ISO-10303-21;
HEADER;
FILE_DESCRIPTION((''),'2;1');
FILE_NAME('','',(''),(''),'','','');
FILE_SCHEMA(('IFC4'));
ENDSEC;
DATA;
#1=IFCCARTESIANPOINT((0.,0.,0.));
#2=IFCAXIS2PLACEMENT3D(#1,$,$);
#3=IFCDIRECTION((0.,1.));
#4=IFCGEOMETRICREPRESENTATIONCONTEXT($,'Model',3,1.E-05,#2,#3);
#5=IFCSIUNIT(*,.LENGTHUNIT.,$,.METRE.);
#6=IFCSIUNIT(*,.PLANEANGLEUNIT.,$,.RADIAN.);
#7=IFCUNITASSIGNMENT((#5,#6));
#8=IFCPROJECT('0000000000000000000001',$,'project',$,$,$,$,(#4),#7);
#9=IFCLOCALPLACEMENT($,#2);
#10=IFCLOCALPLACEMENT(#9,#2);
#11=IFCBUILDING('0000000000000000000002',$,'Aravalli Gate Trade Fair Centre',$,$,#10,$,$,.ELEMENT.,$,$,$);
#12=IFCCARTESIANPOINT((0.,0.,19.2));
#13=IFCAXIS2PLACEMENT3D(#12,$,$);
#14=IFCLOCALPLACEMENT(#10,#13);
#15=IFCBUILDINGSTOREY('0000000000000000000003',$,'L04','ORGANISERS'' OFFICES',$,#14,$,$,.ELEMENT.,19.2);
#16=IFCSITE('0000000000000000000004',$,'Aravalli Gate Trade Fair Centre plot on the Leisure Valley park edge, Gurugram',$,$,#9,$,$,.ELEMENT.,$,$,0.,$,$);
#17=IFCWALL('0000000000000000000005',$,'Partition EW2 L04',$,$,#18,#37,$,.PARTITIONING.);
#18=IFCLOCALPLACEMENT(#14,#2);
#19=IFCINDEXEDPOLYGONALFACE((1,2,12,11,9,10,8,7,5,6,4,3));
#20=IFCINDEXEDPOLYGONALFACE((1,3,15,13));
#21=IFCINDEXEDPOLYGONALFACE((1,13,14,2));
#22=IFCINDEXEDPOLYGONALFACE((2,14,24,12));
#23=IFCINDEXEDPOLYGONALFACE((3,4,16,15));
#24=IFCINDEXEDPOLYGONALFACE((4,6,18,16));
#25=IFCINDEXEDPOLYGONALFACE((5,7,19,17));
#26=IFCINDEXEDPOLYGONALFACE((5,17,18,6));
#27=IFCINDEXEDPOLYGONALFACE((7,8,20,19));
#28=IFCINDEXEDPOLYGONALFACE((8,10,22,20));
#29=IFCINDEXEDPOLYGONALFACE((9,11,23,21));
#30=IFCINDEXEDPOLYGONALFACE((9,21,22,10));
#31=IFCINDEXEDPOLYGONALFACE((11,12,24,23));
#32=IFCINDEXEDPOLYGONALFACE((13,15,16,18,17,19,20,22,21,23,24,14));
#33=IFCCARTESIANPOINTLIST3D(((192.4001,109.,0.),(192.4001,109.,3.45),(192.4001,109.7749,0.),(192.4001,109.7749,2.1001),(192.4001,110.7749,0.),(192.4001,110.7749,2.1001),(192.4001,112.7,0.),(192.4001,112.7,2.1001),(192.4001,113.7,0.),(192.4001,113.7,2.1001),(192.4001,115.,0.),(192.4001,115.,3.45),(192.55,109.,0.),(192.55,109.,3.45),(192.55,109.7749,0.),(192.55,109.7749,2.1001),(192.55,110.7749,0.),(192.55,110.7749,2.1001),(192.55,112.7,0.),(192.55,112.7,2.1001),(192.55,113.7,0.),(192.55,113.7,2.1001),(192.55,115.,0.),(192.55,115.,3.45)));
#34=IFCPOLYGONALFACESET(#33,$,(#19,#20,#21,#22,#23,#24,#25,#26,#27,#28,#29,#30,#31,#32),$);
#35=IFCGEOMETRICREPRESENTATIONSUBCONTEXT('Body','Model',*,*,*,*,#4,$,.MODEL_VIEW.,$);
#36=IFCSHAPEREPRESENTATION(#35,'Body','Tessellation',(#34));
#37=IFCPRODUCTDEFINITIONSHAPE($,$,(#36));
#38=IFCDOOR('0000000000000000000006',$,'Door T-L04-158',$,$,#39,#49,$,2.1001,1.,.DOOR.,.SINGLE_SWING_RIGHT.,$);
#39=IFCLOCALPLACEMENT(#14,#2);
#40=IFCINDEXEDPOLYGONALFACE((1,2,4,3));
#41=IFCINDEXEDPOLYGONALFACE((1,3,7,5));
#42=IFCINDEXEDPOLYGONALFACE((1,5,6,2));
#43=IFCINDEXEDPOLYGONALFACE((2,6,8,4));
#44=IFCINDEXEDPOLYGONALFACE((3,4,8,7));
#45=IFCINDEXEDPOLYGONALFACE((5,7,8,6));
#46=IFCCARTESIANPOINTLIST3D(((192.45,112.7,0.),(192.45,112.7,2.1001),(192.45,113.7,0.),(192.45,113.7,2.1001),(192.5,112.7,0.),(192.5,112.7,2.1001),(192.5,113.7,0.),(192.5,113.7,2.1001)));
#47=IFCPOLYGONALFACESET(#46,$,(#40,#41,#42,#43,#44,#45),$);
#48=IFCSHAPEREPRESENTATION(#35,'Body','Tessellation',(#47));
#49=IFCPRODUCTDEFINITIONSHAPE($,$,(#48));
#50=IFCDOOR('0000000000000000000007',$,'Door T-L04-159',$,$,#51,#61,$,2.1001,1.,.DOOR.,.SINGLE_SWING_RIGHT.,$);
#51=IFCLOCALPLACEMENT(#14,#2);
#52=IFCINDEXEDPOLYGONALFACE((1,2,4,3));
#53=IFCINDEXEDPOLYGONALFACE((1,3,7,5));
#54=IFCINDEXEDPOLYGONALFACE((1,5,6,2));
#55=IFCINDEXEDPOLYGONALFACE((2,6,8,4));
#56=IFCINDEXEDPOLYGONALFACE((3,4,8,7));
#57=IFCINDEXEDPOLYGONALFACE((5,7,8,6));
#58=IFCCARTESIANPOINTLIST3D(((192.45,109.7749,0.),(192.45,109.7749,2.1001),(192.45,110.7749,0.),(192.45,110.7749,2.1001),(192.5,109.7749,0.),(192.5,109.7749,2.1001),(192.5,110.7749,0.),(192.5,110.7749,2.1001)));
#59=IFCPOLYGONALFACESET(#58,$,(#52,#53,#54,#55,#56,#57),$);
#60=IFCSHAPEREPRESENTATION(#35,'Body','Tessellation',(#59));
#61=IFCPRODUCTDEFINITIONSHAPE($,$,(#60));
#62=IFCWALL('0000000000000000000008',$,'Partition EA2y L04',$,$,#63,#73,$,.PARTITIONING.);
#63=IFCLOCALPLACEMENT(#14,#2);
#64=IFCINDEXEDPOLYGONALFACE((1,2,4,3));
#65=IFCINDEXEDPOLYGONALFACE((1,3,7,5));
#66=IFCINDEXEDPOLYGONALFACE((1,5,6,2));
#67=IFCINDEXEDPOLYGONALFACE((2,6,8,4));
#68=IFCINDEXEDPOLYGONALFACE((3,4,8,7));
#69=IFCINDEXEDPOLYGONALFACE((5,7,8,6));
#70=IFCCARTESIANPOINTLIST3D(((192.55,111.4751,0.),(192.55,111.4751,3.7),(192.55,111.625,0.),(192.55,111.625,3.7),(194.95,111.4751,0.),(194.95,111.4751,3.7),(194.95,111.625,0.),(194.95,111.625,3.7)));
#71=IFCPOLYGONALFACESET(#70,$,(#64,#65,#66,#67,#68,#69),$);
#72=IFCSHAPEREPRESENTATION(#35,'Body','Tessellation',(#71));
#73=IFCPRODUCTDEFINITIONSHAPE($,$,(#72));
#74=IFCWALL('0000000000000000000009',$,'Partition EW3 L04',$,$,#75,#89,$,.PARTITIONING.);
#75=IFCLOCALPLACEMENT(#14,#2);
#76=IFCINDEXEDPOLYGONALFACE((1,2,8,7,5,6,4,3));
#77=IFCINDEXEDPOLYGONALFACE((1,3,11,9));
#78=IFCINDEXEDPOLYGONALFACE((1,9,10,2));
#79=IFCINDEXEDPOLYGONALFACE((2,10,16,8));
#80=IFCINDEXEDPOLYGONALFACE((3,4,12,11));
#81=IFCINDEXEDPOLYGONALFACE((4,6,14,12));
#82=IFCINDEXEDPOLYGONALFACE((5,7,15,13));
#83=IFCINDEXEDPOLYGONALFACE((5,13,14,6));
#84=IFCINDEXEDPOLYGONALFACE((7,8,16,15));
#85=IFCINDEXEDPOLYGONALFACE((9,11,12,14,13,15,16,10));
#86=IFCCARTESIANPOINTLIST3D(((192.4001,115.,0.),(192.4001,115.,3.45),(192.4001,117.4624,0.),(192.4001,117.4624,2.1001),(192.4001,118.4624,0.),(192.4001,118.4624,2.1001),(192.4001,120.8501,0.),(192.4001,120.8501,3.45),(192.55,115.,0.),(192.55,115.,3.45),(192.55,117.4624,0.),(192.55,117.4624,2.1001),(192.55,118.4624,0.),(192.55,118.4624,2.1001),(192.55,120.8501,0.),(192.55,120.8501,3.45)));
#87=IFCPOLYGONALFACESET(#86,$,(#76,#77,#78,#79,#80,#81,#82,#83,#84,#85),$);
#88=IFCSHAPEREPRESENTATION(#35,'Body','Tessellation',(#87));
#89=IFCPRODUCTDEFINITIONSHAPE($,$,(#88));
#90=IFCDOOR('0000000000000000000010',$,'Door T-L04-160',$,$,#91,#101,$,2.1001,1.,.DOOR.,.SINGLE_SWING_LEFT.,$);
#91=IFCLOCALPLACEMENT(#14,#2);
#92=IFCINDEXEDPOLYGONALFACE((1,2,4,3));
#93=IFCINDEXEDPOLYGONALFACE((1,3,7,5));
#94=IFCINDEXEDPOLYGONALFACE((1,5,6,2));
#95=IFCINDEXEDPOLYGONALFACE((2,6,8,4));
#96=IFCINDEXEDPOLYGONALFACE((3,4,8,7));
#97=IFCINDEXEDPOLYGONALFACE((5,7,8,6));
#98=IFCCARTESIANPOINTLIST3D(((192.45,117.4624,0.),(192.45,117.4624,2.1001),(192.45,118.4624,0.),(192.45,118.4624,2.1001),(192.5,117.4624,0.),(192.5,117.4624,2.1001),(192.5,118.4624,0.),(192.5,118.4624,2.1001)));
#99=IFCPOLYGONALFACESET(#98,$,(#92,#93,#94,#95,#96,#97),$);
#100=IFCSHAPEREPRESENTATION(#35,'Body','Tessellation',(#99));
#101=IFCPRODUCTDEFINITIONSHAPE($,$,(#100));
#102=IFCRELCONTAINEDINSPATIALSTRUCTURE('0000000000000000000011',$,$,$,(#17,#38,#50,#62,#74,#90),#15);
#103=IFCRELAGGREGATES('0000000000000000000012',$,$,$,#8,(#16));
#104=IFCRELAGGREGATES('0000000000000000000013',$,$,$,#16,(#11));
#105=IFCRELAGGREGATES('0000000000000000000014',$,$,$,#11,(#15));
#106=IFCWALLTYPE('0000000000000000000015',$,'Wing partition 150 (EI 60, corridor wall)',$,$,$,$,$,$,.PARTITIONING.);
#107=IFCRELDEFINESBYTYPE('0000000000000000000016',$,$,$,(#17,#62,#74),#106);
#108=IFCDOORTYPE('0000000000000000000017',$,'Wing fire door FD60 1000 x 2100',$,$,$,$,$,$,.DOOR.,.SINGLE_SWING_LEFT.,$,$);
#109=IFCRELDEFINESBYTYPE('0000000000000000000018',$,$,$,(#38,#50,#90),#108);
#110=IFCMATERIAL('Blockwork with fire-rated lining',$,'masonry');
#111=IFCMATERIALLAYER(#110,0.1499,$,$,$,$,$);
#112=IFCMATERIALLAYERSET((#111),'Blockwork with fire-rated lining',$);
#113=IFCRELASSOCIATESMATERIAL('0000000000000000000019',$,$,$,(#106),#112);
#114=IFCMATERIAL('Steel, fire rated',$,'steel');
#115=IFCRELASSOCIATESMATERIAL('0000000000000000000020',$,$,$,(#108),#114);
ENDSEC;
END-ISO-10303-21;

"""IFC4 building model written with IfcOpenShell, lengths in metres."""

from ifc_helpers import new_model, si_unit, direction, frame, frame_2d, origin, place, context, subcontext, project, spatial, rectangle, extrude, material, layer, layer_set, type_object, element, fill, save


model = new_model("IFC4")

# Units and contexts
model_context = context("Model", 3, precision=1e-05, world=origin(), true_north=direction((0.0, 1.0)))
body_context = subcontext(model_context, "Body", "Model", "MODEL_VIEW")
ifc_project = project(units=[si_unit("LENGTHUNIT", "METRE"), si_unit("PLANEANGLEUNIT", "RADIAN")], contexts=[model_context])

# Site, building, storey
site_placement = place(None, origin())
site = spatial("IfcSite", under=ifc_project, at=site_placement, Name="Aravalli Gate Trade Fair Centre plot on the Leisure Valley park edge, Gurugram", CompositionType="ELEMENT", RefElevation=0.0)
building_placement = place(site_placement, origin())
building = spatial("IfcBuilding", under=site, at=building_placement, Name="Aravalli Gate Trade Fair Centre", CompositionType="ELEMENT")
storey_placement = place(building_placement, frame((0.0, 0.0, 19.2)))
storey = spatial("IfcBuildingStorey", under=building, at=storey_placement, Name="L04", Description="ORGANISERS' OFFICES", CompositionType="ELEMENT", Elevation=19.2)

# Shared definitions
ifc_material_1 = material(Name="Blockwork with fire-rated lining", Category="masonry")
ifc_layer_1 = layer(ifc_material_1, 0.1499)
ifc_layer_set_1 = layer_set([ifc_layer_1], Name="Blockwork with fire-rated lining")
wall_type_1 = type_object("IfcWallType", Name="Wing partition 150 (EI 60, corridor wall)", PredefinedType="PARTITIONING", material=ifc_layer_set_1)

# Wall, openings, doors
wall_1_placement = place(storey_placement, frame((192.4751, 109.0, 0.0), z_axis=(0.0, 0.0, 1.0), x_axis=(0.0, 1.0, 0.0)))
wall_1 = element("IfcWall", 1, at=wall_1_placement, inside=storey, type_object=wall_type_1, Name="Partition EW2 L04", PredefinedType="PARTITIONING", context=body_context, shape_type="SweptSolid", body=[
    extrude(rectangle(XDim=6.0, YDim=0.1499, at=frame_2d((3.0, 0.0))), origin(), (0.0, 0.0, 1.0), 3.45),
])
opening_1_placement = place(wall_1_placement, frame((3.7, 0.0, 0.0)))
opening_1 = element("IfcOpeningElement", 2, at=opening_1_placement, cuts=wall_1, PredefinedType="OPENING", context=body_context, shape_type="SweptSolid", body=[
    extrude(rectangle(XDim=1.0, YDim=2.1001, at=frame_2d((0.5, 1.05))), frame((0.0, 0.085, 0.0), z_axis=(0.0, -1.0, 0.0), x_axis=(1.0, 0.0, 0.0)), (0.0, 0.0, 1.0), 0.1699),
])
opening_2_placement = place(wall_1_placement, frame((0.7749, 0.0, 0.0)))
opening_2 = element("IfcOpeningElement", 3, at=opening_2_placement, cuts=wall_1, PredefinedType="OPENING", context=body_context, shape_type="SweptSolid", body=[
    extrude(rectangle(XDim=1.0, YDim=2.1001, at=frame_2d((0.5, 1.05))), frame((0.0, 0.085, 0.0), z_axis=(0.0, -1.0, 0.0), x_axis=(1.0, 0.0, 0.0)), (0.0, 0.0, 1.0), 0.1699),
])
ifc_material_2 = material(Name="Steel, fire rated", Category="steel")
door_type_1 = type_object("IfcDoorType", Name="Wing fire door FD60 1000 x 2100", OperationType="SINGLE_SWING_LEFT", PredefinedType="DOOR", material=ifc_material_2)
door_1_placement = place(opening_1_placement, frame((1.0, 0.0, 0.0), z_axis=(0.0, 0.0, 1.0), x_axis=(-1.0, 0.0, 0.0)))
door_1 = element("IfcDoor", 4, at=door_1_placement, inside=storey, type_object=door_type_1, Name="Door T-L04-158", OperationType="SINGLE_SWING_RIGHT", OverallHeight=2.1001, OverallWidth=1.0, PredefinedType="DOOR", context=body_context, shape_type="SweptSolid", body=[
    extrude(rectangle(XDim=1.0, YDim=2.1001, at=frame_2d((0.5, 1.05))), frame((0.0, 0.0249, 0.0), z_axis=(0.0, -1.0, 0.0), x_axis=(1.0, 0.0, 0.0)), (0.0, 0.0, 1.0), 0.05),
])
fill(opening_1, door_1)
door_2_placement = place(opening_2_placement, frame((1.0, 0.0, 0.0), z_axis=(0.0, 0.0, 1.0), x_axis=(-1.0, 0.0, 0.0)))
door_2 = element("IfcDoor", 5, at=door_2_placement, inside=storey, type_object=door_type_1, Name="Door T-L04-159", OperationType="SINGLE_SWING_RIGHT", OverallHeight=2.1001, OverallWidth=1.0, PredefinedType="DOOR", context=body_context, shape_type="SweptSolid", body=[
    extrude(rectangle(XDim=1.0, YDim=2.1001, at=frame_2d((0.5, 1.05))), frame((0.0, 0.0249, 0.0), z_axis=(0.0, -1.0, 0.0), x_axis=(1.0, 0.0, 0.0)), (0.0, 0.0, 1.0), 0.05),
])
fill(opening_2, door_2)

# Wall
wall_2_placement = place(storey_placement, frame((192.55, 111.55, 0.0), z_axis=(0.0, 0.0, 1.0), x_axis=(1.0, 0.0, 0.0)))
element("IfcWall", 6, at=wall_2_placement, inside=storey, type_object=wall_type_1, Name="Partition EA2y L04", PredefinedType="PARTITIONING", context=body_context, shape_type="SweptSolid", body=[
    extrude(rectangle(XDim=2.3999, YDim=0.1499, at=frame_2d((1.2, 0.0))), origin(), (0.0, 0.0, 1.0), 3.7),
])

# Wall, opening, door
wall_3_placement = place(storey_placement, frame((192.4751, 115.0, 0.0), z_axis=(0.0, 0.0, 1.0), x_axis=(0.0, 1.0, 0.0)))
wall_3 = element("IfcWall", 7, at=wall_3_placement, inside=storey, type_object=wall_type_1, Name="Partition EW3 L04", PredefinedType="PARTITIONING", context=body_context, shape_type="SweptSolid", body=[
    extrude(rectangle(XDim=5.8501, YDim=0.1499, at=frame_2d((2.925, 0.0))), origin(), (0.0, 0.0, 1.0), 3.45),
])
opening_3_placement = place(wall_3_placement, frame((2.4624, 0.0, 0.0)))
opening_3 = element("IfcOpeningElement", 8, at=opening_3_placement, cuts=wall_3, PredefinedType="OPENING", context=body_context, shape_type="SweptSolid", body=[
    extrude(rectangle(XDim=1.0, YDim=2.1001, at=frame_2d((0.5, 1.05))), frame((0.0, 0.085, 0.0), z_axis=(0.0, -1.0, 0.0), x_axis=(1.0, 0.0, 0.0)), (0.0, 0.0, 1.0), 0.1699),
])
door_3_placement = place(opening_3_placement, frame((1.0, 0.0, 0.0), z_axis=(0.0, 0.0, 1.0), x_axis=(-1.0, 0.0, 0.0)))
door_3 = element("IfcDoor", 9, at=door_3_placement, inside=storey, type_object=door_type_1, Name="Door T-L04-160", OperationType="SINGLE_SWING_LEFT", OverallHeight=2.1001, OverallWidth=1.0, PredefinedType="DOOR", context=body_context, shape_type="SweptSolid", body=[
    extrude(rectangle(XDim=1.0, YDim=2.1001, at=frame_2d((0.5, 1.05))), frame((0.0, 0.0249, 0.0), z_axis=(0.0, -1.0, 0.0), x_axis=(1.0, 0.0, 0.0)), (0.0, 0.0, 1.0), 0.05),
])
fill(opening_3, door_3)

save(model, "model.ifc")
